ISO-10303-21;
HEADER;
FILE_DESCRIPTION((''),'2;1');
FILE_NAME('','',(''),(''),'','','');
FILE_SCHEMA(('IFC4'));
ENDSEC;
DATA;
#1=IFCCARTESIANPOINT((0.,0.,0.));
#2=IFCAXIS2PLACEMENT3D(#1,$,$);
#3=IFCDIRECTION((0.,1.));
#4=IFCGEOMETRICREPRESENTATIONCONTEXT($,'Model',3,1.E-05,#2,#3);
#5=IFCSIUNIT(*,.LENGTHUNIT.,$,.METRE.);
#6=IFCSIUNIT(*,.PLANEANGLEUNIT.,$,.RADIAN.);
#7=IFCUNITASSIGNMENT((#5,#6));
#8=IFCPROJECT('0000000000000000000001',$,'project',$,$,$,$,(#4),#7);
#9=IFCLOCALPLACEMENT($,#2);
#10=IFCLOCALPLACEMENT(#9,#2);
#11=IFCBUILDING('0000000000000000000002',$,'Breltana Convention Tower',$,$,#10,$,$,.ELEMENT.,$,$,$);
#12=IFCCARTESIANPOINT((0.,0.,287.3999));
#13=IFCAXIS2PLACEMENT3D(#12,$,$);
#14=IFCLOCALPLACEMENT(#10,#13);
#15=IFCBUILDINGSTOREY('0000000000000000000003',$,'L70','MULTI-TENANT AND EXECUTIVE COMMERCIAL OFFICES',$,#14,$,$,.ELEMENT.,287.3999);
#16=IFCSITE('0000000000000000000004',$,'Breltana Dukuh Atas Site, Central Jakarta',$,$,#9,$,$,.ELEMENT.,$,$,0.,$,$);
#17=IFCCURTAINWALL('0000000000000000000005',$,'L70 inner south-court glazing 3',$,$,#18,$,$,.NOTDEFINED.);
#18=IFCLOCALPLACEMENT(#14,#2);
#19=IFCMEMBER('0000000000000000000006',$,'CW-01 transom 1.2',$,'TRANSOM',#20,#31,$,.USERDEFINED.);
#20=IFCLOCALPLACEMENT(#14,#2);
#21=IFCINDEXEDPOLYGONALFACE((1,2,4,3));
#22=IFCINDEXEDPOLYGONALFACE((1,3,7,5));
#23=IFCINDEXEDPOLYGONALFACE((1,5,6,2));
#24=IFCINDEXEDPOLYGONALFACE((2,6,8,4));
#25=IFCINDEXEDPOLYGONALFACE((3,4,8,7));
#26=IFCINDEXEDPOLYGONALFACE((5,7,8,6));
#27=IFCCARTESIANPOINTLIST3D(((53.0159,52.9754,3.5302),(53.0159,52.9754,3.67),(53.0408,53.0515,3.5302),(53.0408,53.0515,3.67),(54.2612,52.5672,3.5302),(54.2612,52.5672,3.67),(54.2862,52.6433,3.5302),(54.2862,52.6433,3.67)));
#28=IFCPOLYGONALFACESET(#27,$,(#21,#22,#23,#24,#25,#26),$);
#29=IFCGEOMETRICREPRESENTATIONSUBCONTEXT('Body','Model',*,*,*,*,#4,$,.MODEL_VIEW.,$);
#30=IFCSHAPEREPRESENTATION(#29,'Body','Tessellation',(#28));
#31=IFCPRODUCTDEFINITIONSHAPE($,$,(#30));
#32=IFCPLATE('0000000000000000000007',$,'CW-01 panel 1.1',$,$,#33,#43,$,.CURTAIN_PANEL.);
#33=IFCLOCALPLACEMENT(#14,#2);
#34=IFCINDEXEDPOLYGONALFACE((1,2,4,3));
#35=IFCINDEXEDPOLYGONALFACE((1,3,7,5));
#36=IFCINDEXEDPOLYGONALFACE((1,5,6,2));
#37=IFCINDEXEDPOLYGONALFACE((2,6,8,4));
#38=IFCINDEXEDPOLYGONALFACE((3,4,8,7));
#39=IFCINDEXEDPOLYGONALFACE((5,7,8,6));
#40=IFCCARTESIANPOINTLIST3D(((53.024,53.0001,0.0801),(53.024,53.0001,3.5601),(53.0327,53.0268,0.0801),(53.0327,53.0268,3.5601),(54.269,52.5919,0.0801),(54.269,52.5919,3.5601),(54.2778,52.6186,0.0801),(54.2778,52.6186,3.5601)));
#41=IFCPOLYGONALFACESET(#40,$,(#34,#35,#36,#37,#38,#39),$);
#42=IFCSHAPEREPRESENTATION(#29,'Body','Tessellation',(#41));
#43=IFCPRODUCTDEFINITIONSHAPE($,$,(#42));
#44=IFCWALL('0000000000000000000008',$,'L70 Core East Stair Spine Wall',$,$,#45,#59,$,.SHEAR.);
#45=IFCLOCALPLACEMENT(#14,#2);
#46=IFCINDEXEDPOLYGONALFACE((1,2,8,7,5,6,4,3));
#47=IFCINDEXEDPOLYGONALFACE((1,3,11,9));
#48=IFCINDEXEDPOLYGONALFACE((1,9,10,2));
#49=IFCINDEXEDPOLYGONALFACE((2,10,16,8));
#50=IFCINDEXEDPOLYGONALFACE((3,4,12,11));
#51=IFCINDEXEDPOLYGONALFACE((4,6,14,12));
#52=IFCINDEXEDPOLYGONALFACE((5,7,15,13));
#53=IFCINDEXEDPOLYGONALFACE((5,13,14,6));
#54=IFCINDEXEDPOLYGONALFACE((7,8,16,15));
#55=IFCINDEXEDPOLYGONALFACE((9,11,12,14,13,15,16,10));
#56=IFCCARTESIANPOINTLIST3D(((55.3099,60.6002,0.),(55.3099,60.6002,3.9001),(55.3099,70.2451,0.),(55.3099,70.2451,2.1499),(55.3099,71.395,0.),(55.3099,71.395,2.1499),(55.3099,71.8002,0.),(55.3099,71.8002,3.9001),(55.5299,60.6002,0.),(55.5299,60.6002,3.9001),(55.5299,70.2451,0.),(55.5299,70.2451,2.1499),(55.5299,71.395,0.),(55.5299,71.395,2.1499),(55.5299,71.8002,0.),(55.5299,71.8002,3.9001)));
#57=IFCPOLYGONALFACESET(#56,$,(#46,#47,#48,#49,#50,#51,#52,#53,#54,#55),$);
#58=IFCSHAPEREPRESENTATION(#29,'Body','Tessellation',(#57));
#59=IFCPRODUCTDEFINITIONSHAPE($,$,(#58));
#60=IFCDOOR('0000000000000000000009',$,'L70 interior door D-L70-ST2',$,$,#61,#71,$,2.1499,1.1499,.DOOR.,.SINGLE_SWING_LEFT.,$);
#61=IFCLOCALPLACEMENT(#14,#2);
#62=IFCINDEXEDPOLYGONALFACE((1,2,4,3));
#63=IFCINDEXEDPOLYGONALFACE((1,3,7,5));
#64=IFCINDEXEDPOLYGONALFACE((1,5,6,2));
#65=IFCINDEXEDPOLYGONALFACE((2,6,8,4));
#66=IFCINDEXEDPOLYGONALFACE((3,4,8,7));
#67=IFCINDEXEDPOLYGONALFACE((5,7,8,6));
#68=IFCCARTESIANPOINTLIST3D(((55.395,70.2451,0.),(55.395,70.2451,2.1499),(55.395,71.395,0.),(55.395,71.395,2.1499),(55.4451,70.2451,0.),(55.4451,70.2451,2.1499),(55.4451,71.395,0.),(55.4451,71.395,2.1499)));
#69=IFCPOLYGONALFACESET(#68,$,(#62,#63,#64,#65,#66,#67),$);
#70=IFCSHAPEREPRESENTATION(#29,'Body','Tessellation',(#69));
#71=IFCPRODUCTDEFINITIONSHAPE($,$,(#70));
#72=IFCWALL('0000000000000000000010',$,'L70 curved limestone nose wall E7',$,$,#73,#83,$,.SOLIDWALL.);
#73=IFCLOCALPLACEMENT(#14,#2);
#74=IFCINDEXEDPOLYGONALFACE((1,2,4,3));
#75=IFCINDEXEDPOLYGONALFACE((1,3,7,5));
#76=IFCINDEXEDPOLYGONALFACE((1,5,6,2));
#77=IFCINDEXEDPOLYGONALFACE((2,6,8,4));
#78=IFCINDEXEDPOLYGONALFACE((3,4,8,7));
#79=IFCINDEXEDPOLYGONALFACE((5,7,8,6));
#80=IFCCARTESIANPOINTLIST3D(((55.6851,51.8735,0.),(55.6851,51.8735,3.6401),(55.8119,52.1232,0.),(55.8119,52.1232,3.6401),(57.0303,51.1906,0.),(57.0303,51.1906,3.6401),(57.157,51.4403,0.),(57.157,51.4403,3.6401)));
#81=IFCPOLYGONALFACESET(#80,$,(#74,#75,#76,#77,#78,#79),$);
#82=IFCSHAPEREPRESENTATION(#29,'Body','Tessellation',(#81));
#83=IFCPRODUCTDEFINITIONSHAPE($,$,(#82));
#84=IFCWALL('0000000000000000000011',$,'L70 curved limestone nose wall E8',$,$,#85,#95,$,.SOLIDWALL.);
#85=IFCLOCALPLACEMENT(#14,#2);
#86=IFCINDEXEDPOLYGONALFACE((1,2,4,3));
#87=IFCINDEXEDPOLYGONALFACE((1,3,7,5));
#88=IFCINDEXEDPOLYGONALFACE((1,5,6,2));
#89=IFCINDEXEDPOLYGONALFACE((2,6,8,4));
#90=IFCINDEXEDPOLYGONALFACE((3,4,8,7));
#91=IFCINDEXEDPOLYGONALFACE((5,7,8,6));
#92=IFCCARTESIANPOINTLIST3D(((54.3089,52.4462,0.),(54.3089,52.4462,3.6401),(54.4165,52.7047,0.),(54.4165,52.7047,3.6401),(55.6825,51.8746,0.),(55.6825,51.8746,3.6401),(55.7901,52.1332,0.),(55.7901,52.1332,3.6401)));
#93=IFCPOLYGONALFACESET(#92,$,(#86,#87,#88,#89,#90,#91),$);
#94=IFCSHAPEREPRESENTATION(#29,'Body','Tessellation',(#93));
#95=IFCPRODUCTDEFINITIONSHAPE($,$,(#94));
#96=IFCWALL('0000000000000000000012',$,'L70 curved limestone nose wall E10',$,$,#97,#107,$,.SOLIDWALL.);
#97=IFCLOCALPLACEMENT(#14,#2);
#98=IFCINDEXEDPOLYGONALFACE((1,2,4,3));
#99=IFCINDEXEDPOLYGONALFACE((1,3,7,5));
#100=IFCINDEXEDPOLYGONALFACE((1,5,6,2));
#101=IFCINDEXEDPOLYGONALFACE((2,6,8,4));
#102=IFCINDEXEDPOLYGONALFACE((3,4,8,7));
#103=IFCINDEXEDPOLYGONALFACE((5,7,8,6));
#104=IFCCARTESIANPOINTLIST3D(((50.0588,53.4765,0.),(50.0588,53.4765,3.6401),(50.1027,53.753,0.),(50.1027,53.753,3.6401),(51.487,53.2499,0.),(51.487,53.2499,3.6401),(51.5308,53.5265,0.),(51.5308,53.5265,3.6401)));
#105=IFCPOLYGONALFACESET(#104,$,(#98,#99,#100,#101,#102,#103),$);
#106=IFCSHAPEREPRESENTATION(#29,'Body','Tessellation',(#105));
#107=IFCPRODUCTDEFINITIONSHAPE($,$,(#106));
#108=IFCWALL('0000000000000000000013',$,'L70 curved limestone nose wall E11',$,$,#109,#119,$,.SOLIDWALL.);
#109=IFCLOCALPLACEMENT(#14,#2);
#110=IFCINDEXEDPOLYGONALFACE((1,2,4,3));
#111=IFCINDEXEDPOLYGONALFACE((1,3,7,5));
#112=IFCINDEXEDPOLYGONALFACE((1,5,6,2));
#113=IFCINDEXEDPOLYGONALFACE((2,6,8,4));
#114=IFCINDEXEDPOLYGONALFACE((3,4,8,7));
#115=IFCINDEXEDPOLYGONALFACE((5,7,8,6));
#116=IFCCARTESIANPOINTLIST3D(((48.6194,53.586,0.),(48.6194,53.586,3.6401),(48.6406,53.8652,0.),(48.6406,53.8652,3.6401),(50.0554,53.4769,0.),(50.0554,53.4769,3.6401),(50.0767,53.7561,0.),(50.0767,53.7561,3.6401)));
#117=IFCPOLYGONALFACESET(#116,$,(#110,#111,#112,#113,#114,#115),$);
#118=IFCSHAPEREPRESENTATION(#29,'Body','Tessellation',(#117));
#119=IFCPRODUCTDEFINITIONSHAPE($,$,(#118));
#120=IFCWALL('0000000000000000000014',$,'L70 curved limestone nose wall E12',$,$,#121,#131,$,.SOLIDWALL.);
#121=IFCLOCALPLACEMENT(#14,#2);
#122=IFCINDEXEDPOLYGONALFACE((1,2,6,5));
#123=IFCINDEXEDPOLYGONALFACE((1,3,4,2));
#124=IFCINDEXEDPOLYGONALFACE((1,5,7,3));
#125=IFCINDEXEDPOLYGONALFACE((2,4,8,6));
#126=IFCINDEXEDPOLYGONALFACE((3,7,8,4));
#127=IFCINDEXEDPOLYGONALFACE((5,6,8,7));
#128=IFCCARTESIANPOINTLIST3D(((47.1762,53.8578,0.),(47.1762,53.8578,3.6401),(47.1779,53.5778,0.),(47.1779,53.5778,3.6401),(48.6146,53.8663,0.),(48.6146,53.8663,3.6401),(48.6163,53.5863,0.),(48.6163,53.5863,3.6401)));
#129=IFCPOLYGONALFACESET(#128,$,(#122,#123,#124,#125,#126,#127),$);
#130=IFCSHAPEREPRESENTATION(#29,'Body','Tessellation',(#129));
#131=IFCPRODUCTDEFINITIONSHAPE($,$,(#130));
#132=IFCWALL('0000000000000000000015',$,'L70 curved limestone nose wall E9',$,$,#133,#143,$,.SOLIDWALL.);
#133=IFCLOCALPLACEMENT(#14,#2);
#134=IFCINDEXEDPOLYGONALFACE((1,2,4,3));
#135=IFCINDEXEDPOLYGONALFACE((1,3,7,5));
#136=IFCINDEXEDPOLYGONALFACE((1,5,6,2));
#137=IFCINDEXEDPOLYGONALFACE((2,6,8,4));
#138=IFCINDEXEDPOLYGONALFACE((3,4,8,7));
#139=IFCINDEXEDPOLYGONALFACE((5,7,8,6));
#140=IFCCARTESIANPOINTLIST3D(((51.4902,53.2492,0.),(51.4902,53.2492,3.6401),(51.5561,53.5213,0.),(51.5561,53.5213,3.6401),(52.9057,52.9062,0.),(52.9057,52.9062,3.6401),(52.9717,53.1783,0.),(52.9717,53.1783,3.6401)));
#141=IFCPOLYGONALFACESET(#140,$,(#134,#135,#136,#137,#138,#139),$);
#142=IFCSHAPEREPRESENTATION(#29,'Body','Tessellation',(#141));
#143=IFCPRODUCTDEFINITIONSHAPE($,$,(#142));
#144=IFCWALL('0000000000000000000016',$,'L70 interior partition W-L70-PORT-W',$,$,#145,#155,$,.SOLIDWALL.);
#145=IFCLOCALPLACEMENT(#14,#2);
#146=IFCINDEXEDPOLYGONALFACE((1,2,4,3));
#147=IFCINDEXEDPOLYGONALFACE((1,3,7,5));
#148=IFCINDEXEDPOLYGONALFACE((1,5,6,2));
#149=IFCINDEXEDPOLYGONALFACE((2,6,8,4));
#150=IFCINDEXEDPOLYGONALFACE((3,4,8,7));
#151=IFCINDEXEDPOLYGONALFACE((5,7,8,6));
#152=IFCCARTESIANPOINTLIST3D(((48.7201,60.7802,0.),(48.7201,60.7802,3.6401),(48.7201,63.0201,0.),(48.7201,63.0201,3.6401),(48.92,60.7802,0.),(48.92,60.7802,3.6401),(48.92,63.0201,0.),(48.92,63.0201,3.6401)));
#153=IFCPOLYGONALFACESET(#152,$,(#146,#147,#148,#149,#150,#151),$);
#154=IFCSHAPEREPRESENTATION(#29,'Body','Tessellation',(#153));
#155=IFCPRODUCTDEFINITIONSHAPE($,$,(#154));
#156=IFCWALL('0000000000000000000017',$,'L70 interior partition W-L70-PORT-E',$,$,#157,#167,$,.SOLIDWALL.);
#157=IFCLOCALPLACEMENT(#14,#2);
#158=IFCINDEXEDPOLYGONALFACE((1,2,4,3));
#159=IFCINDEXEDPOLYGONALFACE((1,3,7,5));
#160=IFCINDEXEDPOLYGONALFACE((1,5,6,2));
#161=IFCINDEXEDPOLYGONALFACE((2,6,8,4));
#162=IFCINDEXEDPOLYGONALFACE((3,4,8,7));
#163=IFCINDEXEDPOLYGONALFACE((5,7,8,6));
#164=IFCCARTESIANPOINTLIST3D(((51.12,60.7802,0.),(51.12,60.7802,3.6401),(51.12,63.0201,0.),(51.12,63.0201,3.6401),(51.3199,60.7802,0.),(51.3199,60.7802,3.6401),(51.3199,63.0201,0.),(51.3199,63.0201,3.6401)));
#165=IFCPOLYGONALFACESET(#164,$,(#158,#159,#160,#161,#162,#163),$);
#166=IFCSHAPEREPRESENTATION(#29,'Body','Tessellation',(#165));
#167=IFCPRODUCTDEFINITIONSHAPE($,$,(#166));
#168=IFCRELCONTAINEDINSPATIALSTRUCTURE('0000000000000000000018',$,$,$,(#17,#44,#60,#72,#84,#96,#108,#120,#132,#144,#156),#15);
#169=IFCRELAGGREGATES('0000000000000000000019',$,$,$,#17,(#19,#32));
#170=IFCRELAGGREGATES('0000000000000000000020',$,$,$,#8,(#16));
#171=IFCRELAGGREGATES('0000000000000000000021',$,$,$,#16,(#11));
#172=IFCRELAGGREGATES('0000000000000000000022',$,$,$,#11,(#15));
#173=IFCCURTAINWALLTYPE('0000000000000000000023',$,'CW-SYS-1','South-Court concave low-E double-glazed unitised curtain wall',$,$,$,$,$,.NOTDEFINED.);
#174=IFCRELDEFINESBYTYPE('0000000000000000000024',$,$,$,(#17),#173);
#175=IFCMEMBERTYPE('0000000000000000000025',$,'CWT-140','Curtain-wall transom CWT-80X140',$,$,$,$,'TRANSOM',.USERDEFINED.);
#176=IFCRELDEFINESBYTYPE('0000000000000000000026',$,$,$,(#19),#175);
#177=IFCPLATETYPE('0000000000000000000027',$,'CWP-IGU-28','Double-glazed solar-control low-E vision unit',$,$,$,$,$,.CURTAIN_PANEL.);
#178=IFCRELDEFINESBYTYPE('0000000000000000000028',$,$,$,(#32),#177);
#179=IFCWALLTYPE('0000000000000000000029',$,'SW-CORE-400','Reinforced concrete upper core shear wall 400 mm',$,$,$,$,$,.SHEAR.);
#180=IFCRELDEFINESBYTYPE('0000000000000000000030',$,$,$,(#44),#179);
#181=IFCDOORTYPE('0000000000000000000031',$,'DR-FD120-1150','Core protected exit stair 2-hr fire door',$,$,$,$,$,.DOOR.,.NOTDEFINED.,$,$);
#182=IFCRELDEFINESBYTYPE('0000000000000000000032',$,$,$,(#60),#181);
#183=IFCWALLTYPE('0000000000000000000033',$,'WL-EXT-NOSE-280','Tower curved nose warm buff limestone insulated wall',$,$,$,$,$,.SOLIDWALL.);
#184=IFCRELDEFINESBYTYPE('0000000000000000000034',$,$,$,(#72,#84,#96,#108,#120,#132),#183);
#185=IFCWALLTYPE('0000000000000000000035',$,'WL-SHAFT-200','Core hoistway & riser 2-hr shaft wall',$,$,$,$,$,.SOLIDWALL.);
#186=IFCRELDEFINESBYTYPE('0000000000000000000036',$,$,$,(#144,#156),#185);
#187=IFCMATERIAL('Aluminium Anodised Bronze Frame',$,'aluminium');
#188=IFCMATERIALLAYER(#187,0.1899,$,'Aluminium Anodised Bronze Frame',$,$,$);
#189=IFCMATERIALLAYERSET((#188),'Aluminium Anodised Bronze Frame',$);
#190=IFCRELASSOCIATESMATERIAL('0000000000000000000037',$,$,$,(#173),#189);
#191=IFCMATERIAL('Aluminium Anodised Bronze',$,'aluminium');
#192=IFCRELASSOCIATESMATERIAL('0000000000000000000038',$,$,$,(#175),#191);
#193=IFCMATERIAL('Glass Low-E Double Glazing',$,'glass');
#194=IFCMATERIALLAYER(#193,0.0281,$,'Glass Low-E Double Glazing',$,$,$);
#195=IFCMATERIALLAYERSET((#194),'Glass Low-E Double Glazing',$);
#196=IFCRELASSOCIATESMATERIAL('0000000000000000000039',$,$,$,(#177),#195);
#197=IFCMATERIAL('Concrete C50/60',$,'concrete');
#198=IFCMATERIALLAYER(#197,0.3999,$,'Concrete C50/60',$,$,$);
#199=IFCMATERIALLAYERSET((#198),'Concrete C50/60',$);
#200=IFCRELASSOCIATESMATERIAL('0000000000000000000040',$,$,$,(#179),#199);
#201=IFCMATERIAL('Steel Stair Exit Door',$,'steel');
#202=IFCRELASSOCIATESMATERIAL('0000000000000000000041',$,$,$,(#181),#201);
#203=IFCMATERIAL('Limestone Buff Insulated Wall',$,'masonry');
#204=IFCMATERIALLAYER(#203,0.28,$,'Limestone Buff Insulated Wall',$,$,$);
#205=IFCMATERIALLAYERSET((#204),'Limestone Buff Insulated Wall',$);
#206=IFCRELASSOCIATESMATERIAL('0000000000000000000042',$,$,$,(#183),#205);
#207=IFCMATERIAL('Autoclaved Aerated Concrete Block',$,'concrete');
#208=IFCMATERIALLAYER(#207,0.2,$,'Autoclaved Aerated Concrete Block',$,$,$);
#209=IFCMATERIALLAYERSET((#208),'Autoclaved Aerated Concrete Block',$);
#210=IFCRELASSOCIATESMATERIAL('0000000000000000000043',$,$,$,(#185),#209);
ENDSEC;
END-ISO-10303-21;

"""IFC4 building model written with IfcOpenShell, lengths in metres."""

from ifc_helpers import new_model, si_unit, direction, frame, frame_2d, origin, origin_2d, place, context, subcontext, project, spatial, rectangle, extrude, source, transform, mapped, material, layer, layer_set, material_profile, profile_set, type_object, type_shapes, element, fill, aggregate, save


model = new_model("IFC4")

# Units and contexts
model_context = context("Model", 3, precision=1e-05, world=origin(), true_north=direction((0.0, 1.0)))
body_context = subcontext(model_context, "Body", "Model", "MODEL_VIEW")
ifc_project = project(units=[si_unit("LENGTHUNIT", "METRE"), si_unit("PLANEANGLEUNIT", "RADIAN")], contexts=[model_context])

# Site, building, storey
site_placement = place(None, origin())
site = spatial("IfcSite", under=ifc_project, at=site_placement, Name="Breltana Dukuh Atas Site, Central Jakarta", CompositionType="ELEMENT", RefElevation=0.0)
building_placement = place(site_placement, origin())
building = spatial("IfcBuilding", under=site, at=building_placement, Name="Breltana Convention Tower", CompositionType="ELEMENT")
storey_placement = place(building_placement, frame((0.0, 0.0, 287.3999)))
storey = spatial("IfcBuildingStorey", under=building, at=storey_placement, Name="L70", Description="MULTI-TENANT AND EXECUTIVE COMMERCIAL OFFICES", CompositionType="ELEMENT", Elevation=287.3999)

# Curtain wall, member, plate
ifc_material_1 = material(Name="Aluminium Anodised Bronze Frame", Category="aluminium")
ifc_layer_1 = layer(ifc_material_1, 0.1899, Name="Aluminium Anodised Bronze Frame")
ifc_layer_set_1 = layer_set([ifc_layer_1], Name="Aluminium Anodised Bronze Frame")
curtain_wall_type = type_object("IfcCurtainWallType", Name="CW-SYS-1", Description="South-Court concave low-E double-glazed unitised curtain wall", PredefinedType="NOTDEFINED", material=ifc_layer_set_1)
curtain_wall_placement = place(storey_placement, origin())
curtain_wall = element("IfcCurtainWall", 1, at=curtain_wall_placement, inside=storey, type_object=curtain_wall_type, Name="L70 inner south-court glazing 3", PredefinedType="NOTDEFINED")
ifc_material_2 = material(Name="Aluminium Anodised Bronze", Category="aluminium")
ifc_material_profile_1 = material_profile(ifc_material_2, rectangle(XDim=0.0801, YDim=0.1399, at=origin_2d()), Name="CWT-80X140")
ifc_profile_set_1 = profile_set([ifc_material_profile_1], Name="Aluminium Anodised Bronze")
member_type_1 = type_object("IfcMemberType", Name="CWT-140", Description="Curtain-wall transom CWT-80X140", ElementType="TRANSOM", PredefinedType="USERDEFINED", material=ifc_profile_set_1)
shared_shape_1 = source(origin(), body_context, "Body", "SweptSolid", [
    extrude(rectangle(XDim=0.0801, YDim=0.1399, at=origin_2d()), origin(), (0.0, 0.0, 1.0), 1.3105),
])
member_1_placement = place(storey_placement, frame((54.2737, 52.6052, 3.6001), z_axis=(-0.950255, 0.311473, 0.0), x_axis=(-0.311473, -0.950255, 0.0)))
member_1 = element("IfcMember", 2, at=member_1_placement, type_object=member_type_1, Name="CW-01 transom 1.2", ObjectType="TRANSOM", PredefinedType="USERDEFINED", context=body_context, shape_type="MappedRepresentation", body=[
    mapped(shared_shape_1, transform((0.0, 0.0, 0.0), scale=1.0)),
])
ifc_material_3 = material(Name="Glass Low-E Double Glazing", Category="glass")
ifc_layer_2 = layer(ifc_material_3, 0.0281, Name="Glass Low-E Double Glazing")
ifc_layer_set_2 = layer_set([ifc_layer_2], Name="Glass Low-E Double Glazing")
plate_type = type_object("IfcPlateType", Name="CWP-IGU-28", Description="Double-glazed solar-control low-E vision unit", PredefinedType="CURTAIN_PANEL", material=ifc_layer_set_2)
shared_shape_2 = source(origin(), body_context, "Body", "SweptSolid", [
    extrude(rectangle(XDim=1.3103, YDim=0.0281, at=origin_2d()), origin(), (0.0, 0.0, 1.0), 3.48),
])
plate_placement = place(storey_placement, frame((53.6509, 52.8093, 0.0801), z_axis=(0.0, 0.0, 1.0), x_axis=(-0.950229, 0.311552, 0.0)))
plate = element("IfcPlate", 3, at=plate_placement, type_object=plate_type, Name="CW-01 panel 1.1", PredefinedType="CURTAIN_PANEL", context=body_context, shape_type="MappedRepresentation", body=[
    mapped(shared_shape_2, transform((0.0, 0.0, 0.0), scale=1.0)),
])
aggregate(curtain_wall, [member_1, plate])

# Wall, opening, door
ifc_material_4 = material(Name="Concrete C50/60", Category="concrete")
ifc_layer_3 = layer(ifc_material_4, 0.3999, Name="Concrete C50/60")
ifc_layer_set_3 = layer_set([ifc_layer_3], Name="Concrete C50/60")
wall_type_1 = type_object("IfcWallType", Name="SW-CORE-400", Description="Reinforced concrete upper core shear wall 400 mm", PredefinedType="SHEAR", material=ifc_layer_set_3)
shared_shape_3 = source(origin(), body_context, "Body", "SweptSolid", [
    extrude(rectangle(XDim=11.2, YDim=0.22, at=frame_2d((5.6001, 0.0))), origin(), (0.0, 0.0, 1.0), 3.9001),
])
wall_1_placement = place(storey_placement, frame((55.4199, 60.6001, 0.0), z_axis=(0.0, 0.0, 1.0), x_axis=(0.0, 1.0, 0.0)))
wall_1 = element("IfcWall", 4, at=wall_1_placement, inside=storey, type_object=wall_type_1, Name="L70 Core East Stair Spine Wall", PredefinedType="SHEAR", context=body_context, shape_type="MappedRepresentation", body=[
    mapped(shared_shape_3, transform((0.0, 0.0, 0.0), scale=1.0)),
])
opening_1_placement = place(wall_1_placement, frame((9.645, 0.0, 0.0)))
opening_1 = element("IfcOpeningElement", 5, at=opening_1_placement, cuts=wall_1, PredefinedType="OPENING", context=body_context, shape_type="SweptSolid", body=[
    extrude(rectangle(XDim=1.1499, YDim=2.1499, at=frame_2d((0.575, 1.075))), frame((0.0, 0.1201, 0.0), z_axis=(0.0, -1.0, 0.0), x_axis=(1.0, 0.0, 0.0)), (0.0, 0.0, 1.0), 0.24),
])
ifc_material_5 = material(Name="Steel Stair Exit Door", Category="steel")
door_type_1 = type_object("IfcDoorType", Name="DR-FD120-1150", Description="Core protected exit stair 2-hr fire door", OperationType="NOTDEFINED", PredefinedType="DOOR", material=ifc_material_5)
shared_shape_4 = source(origin(), body_context, "Body", "SweptSolid", [
    extrude(rectangle(XDim=1.1499, YDim=2.1499, at=frame_2d((0.575, 1.075))), frame((0.0, 0.0249, 0.0), z_axis=(0.0, -1.0, 0.0), x_axis=(1.0, 0.0, 0.0)), (0.0, 0.0, 1.0), 0.05),
])
type_shapes(door_type_1, [shared_shape_4])
door_1_placement = place(opening_1_placement, origin())
door_1 = element("IfcDoor", 6, at=door_1_placement, inside=storey, type_object=door_type_1, Name="L70 interior door D-L70-ST2", OperationType="SINGLE_SWING_LEFT", OverallHeight=2.1499, OverallWidth=1.1499, PredefinedType="DOOR", context=body_context, shape_type="MappedRepresentation", body=[
    mapped(shared_shape_4, transform((0.0, 0.0, 0.0), scale=1.0)),
])
fill(opening_1, door_1)

# Walls
ifc_material_6 = material(Name="Limestone Buff Insulated Wall", Category="masonry")
ifc_layer_4 = layer(ifc_material_6, 0.28, Name="Limestone Buff Insulated Wall")
ifc_layer_set_4 = layer_set([ifc_layer_4], Name="Limestone Buff Insulated Wall")
wall_type_2 = type_object("IfcWallType", Name="WL-EXT-NOSE-280", Description="Tower curved nose warm buff limestone insulated wall", PredefinedType="SOLIDWALL", material=ifc_layer_set_4)
shared_shape_5 = source(origin(), body_context, "Body", "SweptSolid", [
    extrude(rectangle(XDim=1.5085, YDim=0.28, at=frame_2d((0.7544, 0.0))), origin(), (0.0, 0.0, 1.0), 3.6401),
])
wall_2_placement = place(storey_placement, frame((57.0938, 51.3154, 0.0), z_axis=(0.0, 0.0, 1.0), x_axis=(-0.891692, 0.452643, 0.0)))
element("IfcWall", 7, at=wall_2_placement, inside=storey, type_object=wall_type_2, Name="L70 curved limestone nose wall E7", PredefinedType="SOLIDWALL", context=body_context, shape_type="MappedRepresentation", body=[
    mapped(shared_shape_5, transform((0.0, 0.0, 0.0), scale=1.0)),
])
shared_shape_6 = source(origin(), body_context, "Body", "SweptSolid", [
    extrude(rectangle(XDim=1.4878, YDim=0.28, at=frame_2d((0.7439, 0.0))), origin(), (0.0, 0.0, 1.0), 3.6401),
])
wall_3_placement = place(storey_placement, frame((55.7363, 52.0039, 0.0), z_axis=(0.0, 0.0, 1.0), x_axis=(-0.923261, 0.384173, 0.0)))
element("IfcWall", 8, at=wall_3_placement, inside=storey, type_object=wall_type_2, Name="L70 curved limestone nose wall E8", PredefinedType="SOLIDWALL", context=body_context, shape_type="MappedRepresentation", body=[
    mapped(shared_shape_6, transform((0.0, 0.0, 0.0), scale=1.0)),
])
shared_shape_7 = source(origin(), body_context, "Body", "SweptSolid", [
    extrude(rectangle(XDim=1.446, YDim=0.28, at=frame_2d((0.7231, 0.0))), origin(), (0.0, 0.0, 1.0), 3.6401),
])
wall_4_placement = place(storey_placement, frame((51.509, 53.3882, 0.0), z_axis=(0.0, 0.0, 1.0), x_axis=(-0.98765, 0.156673, 0.0)))
element("IfcWall", 9, at=wall_4_placement, inside=storey, type_object=wall_type_2, Name="L70 curved limestone nose wall E10", PredefinedType="SOLIDWALL", context=body_context, shape_type="MappedRepresentation", body=[
    mapped(shared_shape_7, transform((0.0, 0.0, 0.0), scale=1.0)),
])
shared_shape_8 = source(origin(), body_context, "Body", "SweptSolid", [
    extrude(rectangle(XDim=1.4402, YDim=0.28, at=frame_2d((0.7202, 0.0))), origin(), (0.0, 0.0, 1.0), 3.6401),
])
wall_5_placement = place(storey_placement, frame((50.0662, 53.6165, 0.0), z_axis=(0.0, 0.0, 1.0), x_axis=(-0.997125, 0.075776, 0.0)))
element("IfcWall", 10, at=wall_5_placement, inside=storey, type_object=wall_type_2, Name="L70 curved limestone nose wall E11", PredefinedType="SOLIDWALL", context=body_context, shape_type="MappedRepresentation", body=[
    mapped(shared_shape_8, transform((0.0, 0.0, 0.0), scale=1.0)),
])
shared_shape_9 = source(origin(), body_context, "Body", "SweptSolid", [
    extrude(rectangle(XDim=1.4385, YDim=0.28, at=frame_2d((0.7192, 0.0))), origin(), (0.0, 0.0, 1.0), 3.6401),
])
wall_6_placement = place(storey_placement, frame((48.6155, 53.7263, 0.0), z_axis=(0.0, 0.0, 1.0), x_axis=(-0.999982, -0.00594, 0.0)))
element("IfcWall", 11, at=wall_6_placement, inside=storey, type_object=wall_type_2, Name="L70 curved limestone nose wall E12", PredefinedType="SOLIDWALL", context=body_context, shape_type="MappedRepresentation", body=[
    mapped(shared_shape_9, transform((0.0, 0.0, 0.0), scale=1.0)),
])
shared_shape_10 = source(origin(), body_context, "Body", "SweptSolid", [
    extrude(rectangle(XDim=1.4565, YDim=0.28, at=frame_2d((0.7283, 0.0))), origin(), (0.0, 0.0, 1.0), 3.6401),
])
wall_7_placement = place(storey_placement, frame((52.9387, 53.0422, 0.0), z_axis=(0.0, 0.0, 1.0), x_axis=(-0.971872, 0.235509, 0.0)))
element("IfcWall", 12, at=wall_7_placement, inside=storey, type_object=wall_type_2, Name="L70 curved limestone nose wall E9", PredefinedType="SOLIDWALL", context=body_context, shape_type="MappedRepresentation", body=[
    mapped(shared_shape_10, transform((0.0, 0.0, 0.0), scale=1.0)),
])
ifc_material_7 = material(Name="Autoclaved Aerated Concrete Block", Category="concrete")
ifc_layer_5 = layer(ifc_material_7, 0.2, Name="Autoclaved Aerated Concrete Block")
ifc_layer_set_5 = layer_set([ifc_layer_5], Name="Autoclaved Aerated Concrete Block")
wall_type_3 = type_object("IfcWallType", Name="WL-SHAFT-200", Description="Core hoistway & riser 2-hr shaft wall", PredefinedType="SOLIDWALL", material=ifc_layer_set_5)
shared_shape_11 = source(origin(), body_context, "Body", "SweptSolid", [
    extrude(rectangle(XDim=2.24, YDim=0.2, at=frame_2d((1.1201, 0.0))), origin(), (0.0, 0.0, 1.0), 3.6401),
])
for number, where, z_axis, x_axis, name in (
    (13, (48.8201, 60.78, 0.0), (0.0, 0.0, 1.0), (0.0, 1.0, 0.0), "L70 interior partition W-L70-PORT-W"),
    (14, (51.22, 60.78, 0.0), (0.0, 0.0, 1.0), (0.0, 1.0, 0.0), "L70 interior partition W-L70-PORT-E"),
):
    element("IfcWall", number, at=place(storey_placement, frame(where, z_axis=z_axis, x_axis=x_axis)), inside=storey, type_object=wall_type_3, Name=name, PredefinedType="SOLIDWALL", context=body_context, shape_type="MappedRepresentation", body=[
        mapped(shared_shape_11, transform((0.0, 0.0, 0.0), scale=1.0)),
    ])

save(model, "model.ifc")
